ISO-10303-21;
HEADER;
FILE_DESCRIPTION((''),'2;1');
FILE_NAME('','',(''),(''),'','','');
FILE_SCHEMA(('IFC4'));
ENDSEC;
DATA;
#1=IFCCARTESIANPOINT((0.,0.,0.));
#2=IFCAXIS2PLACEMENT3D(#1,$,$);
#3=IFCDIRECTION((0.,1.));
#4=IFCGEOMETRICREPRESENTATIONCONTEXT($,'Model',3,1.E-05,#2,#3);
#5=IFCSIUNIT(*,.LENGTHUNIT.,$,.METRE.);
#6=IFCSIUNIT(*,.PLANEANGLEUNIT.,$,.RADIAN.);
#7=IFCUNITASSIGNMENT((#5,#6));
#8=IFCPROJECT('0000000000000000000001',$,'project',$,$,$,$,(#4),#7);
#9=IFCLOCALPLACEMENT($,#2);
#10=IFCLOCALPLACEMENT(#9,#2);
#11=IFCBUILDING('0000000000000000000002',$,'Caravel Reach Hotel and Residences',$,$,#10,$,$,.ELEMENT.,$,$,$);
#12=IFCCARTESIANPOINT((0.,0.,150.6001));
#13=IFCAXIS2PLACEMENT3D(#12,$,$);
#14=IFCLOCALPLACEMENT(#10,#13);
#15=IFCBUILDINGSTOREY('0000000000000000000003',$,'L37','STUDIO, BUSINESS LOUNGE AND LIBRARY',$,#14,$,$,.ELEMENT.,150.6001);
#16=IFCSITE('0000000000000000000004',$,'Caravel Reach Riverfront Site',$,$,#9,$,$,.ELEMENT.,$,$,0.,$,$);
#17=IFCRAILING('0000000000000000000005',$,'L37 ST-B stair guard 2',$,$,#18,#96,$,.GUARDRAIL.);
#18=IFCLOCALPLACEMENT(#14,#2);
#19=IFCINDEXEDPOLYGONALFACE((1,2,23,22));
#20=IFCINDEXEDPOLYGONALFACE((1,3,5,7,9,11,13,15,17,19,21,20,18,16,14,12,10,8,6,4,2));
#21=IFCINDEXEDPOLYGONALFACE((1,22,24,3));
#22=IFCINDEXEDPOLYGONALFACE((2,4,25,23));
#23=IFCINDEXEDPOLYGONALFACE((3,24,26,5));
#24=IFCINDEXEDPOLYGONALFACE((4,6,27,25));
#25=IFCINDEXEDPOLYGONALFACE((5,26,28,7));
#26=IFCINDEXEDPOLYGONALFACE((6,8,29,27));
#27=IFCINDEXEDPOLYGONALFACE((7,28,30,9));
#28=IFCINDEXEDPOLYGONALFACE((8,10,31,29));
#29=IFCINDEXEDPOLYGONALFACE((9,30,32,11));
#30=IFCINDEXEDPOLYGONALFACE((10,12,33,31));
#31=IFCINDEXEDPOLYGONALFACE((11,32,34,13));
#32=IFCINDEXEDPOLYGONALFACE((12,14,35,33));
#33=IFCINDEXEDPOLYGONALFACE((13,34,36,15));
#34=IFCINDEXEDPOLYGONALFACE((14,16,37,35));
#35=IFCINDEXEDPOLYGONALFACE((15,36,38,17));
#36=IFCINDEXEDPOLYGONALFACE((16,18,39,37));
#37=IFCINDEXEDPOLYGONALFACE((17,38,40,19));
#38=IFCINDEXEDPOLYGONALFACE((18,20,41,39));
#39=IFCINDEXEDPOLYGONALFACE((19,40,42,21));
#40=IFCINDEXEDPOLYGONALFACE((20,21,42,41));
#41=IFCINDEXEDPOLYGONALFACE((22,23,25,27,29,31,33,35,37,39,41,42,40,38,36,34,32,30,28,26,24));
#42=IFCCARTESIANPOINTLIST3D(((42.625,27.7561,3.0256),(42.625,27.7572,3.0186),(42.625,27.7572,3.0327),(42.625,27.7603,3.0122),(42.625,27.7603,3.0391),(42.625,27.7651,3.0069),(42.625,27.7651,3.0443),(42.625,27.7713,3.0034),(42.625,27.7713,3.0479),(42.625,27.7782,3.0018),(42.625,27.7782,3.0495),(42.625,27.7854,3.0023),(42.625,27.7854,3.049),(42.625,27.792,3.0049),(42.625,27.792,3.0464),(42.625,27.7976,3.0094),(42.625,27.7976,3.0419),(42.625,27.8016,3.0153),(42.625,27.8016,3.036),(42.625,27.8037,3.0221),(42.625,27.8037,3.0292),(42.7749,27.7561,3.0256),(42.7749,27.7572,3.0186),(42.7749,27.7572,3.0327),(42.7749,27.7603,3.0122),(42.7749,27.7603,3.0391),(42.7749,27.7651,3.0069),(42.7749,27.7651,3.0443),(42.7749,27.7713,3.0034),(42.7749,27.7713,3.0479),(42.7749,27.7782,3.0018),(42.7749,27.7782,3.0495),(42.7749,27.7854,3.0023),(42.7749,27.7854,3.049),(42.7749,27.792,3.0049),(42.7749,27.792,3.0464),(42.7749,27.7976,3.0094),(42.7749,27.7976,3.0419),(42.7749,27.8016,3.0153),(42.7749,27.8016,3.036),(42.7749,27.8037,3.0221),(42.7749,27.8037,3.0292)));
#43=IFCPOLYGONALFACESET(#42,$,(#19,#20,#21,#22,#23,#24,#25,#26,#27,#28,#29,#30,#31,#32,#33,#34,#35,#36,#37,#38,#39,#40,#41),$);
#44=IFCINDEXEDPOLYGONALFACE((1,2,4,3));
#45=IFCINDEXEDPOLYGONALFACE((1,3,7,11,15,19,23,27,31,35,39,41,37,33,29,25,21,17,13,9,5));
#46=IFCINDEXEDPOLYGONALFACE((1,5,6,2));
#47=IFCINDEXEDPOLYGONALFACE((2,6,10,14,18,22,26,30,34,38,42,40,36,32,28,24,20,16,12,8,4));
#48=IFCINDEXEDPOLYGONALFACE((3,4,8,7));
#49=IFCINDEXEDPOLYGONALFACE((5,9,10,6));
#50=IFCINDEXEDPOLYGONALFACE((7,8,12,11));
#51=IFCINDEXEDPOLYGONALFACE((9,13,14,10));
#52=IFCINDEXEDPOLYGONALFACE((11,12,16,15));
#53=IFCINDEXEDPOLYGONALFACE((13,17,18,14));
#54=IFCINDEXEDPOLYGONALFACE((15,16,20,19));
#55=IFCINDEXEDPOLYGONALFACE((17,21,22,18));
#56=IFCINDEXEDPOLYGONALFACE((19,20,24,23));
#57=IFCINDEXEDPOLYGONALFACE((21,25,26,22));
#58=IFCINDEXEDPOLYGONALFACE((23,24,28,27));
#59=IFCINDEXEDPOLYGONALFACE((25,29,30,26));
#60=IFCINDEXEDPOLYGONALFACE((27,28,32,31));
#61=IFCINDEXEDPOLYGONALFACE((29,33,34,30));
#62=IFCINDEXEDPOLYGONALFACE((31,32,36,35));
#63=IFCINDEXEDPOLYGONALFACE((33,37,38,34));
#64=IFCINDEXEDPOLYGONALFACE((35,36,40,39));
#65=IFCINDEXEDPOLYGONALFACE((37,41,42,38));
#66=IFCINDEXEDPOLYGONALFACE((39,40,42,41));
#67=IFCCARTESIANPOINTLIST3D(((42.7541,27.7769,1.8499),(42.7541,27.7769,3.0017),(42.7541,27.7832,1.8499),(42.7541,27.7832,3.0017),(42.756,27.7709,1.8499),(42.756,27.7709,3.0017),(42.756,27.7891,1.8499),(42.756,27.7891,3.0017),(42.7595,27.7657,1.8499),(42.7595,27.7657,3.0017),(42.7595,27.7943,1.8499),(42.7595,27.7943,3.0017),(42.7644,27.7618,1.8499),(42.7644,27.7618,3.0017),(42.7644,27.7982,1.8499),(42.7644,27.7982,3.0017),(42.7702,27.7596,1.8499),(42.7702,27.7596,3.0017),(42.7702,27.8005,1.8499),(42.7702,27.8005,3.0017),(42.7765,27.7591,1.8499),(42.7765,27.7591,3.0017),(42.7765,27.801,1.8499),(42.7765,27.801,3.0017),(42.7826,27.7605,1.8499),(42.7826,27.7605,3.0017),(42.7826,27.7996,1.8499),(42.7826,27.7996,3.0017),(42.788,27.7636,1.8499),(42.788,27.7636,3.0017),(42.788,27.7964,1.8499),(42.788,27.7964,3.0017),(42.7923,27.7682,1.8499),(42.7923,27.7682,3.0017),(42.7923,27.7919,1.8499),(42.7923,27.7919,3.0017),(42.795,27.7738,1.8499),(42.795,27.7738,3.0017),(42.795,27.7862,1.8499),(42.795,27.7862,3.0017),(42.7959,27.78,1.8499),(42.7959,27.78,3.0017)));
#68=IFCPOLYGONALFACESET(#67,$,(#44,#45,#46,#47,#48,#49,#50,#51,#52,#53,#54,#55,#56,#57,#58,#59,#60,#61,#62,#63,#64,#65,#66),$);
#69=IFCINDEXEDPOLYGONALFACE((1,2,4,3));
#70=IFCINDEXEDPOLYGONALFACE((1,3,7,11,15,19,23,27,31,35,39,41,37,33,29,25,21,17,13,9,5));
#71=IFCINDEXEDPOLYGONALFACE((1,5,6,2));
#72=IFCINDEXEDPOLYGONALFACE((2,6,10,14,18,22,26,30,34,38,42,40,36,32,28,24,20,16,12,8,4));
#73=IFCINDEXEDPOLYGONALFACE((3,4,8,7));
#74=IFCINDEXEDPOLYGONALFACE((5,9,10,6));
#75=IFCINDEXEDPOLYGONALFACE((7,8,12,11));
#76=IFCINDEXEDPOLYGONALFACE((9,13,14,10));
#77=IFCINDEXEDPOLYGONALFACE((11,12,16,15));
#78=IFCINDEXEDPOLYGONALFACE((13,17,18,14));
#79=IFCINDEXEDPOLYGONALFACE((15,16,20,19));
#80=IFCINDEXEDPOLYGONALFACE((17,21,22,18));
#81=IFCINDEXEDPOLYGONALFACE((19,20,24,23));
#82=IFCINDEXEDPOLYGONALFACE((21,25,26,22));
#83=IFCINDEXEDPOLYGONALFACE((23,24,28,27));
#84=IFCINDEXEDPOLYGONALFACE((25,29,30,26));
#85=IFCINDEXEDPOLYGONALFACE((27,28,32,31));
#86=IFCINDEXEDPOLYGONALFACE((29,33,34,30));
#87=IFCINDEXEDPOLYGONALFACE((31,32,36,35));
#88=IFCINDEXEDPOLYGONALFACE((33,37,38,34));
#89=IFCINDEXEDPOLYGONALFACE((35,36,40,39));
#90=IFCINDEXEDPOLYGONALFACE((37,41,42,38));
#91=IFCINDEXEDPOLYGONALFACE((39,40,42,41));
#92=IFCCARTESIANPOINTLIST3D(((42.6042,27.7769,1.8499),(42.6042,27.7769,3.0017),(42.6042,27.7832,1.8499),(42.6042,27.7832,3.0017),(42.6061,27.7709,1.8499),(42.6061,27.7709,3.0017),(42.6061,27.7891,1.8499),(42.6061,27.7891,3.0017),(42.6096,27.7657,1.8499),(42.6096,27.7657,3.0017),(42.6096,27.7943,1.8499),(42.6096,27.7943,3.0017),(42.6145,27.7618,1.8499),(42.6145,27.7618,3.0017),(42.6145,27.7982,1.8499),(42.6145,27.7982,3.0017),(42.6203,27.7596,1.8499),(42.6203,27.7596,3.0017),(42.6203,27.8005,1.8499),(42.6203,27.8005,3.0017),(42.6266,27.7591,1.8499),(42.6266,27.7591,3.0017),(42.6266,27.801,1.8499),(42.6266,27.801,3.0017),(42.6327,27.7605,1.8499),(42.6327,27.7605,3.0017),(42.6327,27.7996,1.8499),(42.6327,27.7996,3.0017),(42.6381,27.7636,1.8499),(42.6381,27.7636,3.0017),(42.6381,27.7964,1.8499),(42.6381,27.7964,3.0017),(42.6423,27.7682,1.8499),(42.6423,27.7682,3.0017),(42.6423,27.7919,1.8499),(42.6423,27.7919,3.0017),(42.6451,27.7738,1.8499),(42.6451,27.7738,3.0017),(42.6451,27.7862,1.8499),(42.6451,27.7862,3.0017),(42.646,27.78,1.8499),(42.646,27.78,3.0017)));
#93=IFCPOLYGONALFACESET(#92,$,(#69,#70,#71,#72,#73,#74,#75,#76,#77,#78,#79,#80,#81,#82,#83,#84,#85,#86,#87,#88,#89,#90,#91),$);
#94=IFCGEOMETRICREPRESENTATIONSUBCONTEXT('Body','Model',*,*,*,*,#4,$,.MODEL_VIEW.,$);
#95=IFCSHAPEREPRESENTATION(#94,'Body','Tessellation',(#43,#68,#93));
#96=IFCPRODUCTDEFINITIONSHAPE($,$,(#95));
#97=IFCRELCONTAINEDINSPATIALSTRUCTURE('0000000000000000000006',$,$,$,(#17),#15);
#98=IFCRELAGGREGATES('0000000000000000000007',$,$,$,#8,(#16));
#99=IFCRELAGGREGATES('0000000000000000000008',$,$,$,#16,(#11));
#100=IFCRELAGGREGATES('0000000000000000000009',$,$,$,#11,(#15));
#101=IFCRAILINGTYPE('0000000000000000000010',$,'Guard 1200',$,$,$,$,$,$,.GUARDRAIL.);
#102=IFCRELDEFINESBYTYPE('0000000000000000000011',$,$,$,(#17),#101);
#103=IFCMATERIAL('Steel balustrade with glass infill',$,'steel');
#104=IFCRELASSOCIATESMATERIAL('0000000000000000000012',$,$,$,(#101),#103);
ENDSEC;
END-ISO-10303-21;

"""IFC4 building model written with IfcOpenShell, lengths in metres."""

from ifc_helpers import new_model, si_unit, direction, frame, origin, origin_2d, place, context, subcontext, project, spatial, circle, extrude, material, type_object, element, save


model = new_model("IFC4")

# Units and contexts
model_context = context("Model", 3, precision=1e-05, world=origin(), true_north=direction((0.0, 1.0)))
body_context = subcontext(model_context, "Body", "Model", "MODEL_VIEW")
ifc_project = project(units=[si_unit("LENGTHUNIT", "METRE"), si_unit("PLANEANGLEUNIT", "RADIAN")], contexts=[model_context])

# Site, building, storey
site_placement = place(None, origin())
site = spatial("IfcSite", under=ifc_project, at=site_placement, Name="Caravel Reach Riverfront Site", CompositionType="ELEMENT", RefElevation=0.0)
building_placement = place(site_placement, origin())
building = spatial("IfcBuilding", under=site, at=building_placement, Name="Caravel Reach Hotel and Residences", CompositionType="ELEMENT")
storey_placement = place(building_placement, frame((0.0, 0.0, 150.6001)))
storey = spatial("IfcBuildingStorey", under=building, at=storey_placement, Name="L37", Description="STUDIO, BUSINESS LOUNGE AND LIBRARY", CompositionType="ELEMENT", Elevation=150.6001)

# Railing
ifc_material_1 = material(Name="Steel balustrade with glass infill", Category="steel")
railing_type_1 = type_object("IfcRailingType", Name="Guard 1200", PredefinedType="GUARDRAIL", material=ifc_material_1)
railing_1_placement = place(storey_placement, frame((42.7749, 27.78, 1.8499)))
element("IfcRailing", 1, at=railing_1_placement, inside=storey, type_object=railing_type_1, Name="L37 ST-B stair guard 2", PredefinedType="GUARDRAIL", context=body_context, shape_type="SweptSolid", body=[
    extrude(circle(Radius=0.0239, at=origin_2d()), frame((0.0, 0.0, 1.1758), z_axis=(-1.0, 0.0, 0.0), x_axis=(0.0, -1.0, 0.0)), (0.0, 0.0, 1.0), 0.1499),
    extrude(circle(Radius=0.021, at=origin_2d()), origin(), (0.0, 0.0, 1.0), 1.1519),
    extrude(circle(Radius=0.021, at=origin_2d()), frame((-0.1499, 0.0, 0.0)), (0.0, 0.0, 1.0), 1.1519),
])

save(model, "model.ifc")
